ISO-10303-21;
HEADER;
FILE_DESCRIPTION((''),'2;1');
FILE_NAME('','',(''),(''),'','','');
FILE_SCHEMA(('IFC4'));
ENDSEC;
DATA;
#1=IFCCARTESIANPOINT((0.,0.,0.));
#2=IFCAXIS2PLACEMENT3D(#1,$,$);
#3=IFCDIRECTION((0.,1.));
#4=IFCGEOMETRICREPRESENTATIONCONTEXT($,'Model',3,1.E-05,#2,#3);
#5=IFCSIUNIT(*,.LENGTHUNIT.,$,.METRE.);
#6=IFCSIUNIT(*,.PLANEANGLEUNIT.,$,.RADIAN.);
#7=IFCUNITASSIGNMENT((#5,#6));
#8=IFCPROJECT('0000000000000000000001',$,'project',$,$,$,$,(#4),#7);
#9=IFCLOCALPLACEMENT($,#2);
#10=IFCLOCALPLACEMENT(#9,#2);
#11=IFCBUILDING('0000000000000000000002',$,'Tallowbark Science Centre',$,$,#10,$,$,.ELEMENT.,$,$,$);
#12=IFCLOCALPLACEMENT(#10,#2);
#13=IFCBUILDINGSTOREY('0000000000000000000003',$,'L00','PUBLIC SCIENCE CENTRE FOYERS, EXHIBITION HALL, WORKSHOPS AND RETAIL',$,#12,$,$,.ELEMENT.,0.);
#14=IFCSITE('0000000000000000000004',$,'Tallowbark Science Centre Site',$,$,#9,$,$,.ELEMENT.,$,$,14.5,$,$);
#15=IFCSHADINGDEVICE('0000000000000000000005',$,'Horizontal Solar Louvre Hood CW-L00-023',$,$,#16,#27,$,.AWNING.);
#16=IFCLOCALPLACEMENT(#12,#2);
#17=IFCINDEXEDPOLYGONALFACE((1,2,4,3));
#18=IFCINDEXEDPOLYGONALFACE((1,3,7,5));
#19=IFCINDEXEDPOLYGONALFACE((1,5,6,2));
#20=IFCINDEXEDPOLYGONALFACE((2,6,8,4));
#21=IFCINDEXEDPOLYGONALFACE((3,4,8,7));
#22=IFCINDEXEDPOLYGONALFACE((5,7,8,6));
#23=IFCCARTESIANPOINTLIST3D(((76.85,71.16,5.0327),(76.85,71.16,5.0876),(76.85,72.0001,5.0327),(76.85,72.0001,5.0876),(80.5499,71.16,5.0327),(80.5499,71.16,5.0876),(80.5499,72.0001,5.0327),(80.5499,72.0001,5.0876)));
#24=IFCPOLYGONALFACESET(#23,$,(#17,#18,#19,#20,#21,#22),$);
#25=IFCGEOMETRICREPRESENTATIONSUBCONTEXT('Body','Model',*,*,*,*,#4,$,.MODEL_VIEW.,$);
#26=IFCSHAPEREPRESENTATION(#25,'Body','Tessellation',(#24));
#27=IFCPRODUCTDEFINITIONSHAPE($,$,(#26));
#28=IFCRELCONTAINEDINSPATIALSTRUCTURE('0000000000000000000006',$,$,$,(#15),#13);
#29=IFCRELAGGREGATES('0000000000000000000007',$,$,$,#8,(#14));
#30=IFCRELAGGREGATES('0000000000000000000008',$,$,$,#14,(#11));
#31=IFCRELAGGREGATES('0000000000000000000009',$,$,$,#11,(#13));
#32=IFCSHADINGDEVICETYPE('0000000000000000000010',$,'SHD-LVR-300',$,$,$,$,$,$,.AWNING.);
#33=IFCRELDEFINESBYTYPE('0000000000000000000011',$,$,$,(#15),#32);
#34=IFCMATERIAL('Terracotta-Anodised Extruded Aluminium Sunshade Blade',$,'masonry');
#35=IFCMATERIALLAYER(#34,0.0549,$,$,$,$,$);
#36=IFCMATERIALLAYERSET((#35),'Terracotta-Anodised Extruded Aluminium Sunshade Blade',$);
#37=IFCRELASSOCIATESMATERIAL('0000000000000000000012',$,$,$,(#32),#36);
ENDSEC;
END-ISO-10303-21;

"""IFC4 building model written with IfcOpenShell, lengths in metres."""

from ifc_helpers import new_model, si_unit, direction, frame, origin, origin_2d, place, context, subcontext, project, spatial, rectangle, extrude, material, layer, layer_set, type_object, element, save


model = new_model("IFC4")

# Units and contexts
model_context = context("Model", 3, precision=1e-05, world=origin(), true_north=direction((0.0, 1.0)))
body_context = subcontext(model_context, "Body", "Model", "MODEL_VIEW")
ifc_project = project(units=[si_unit("LENGTHUNIT", "METRE"), si_unit("PLANEANGLEUNIT", "RADIAN")], contexts=[model_context])

# Site, building, storey
site_placement = place(None, origin())
site = spatial("IfcSite", under=ifc_project, at=site_placement, Name="Tallowbark Science Centre Site", CompositionType="ELEMENT", RefElevation=14.5)
building_placement = place(site_placement, origin())
building = spatial("IfcBuilding", under=site, at=building_placement, Name="Tallowbark Science Centre", CompositionType="ELEMENT")
storey_placement = place(building_placement, origin())
storey = spatial("IfcBuildingStorey", under=building, at=storey_placement, Name="L00", Description="PUBLIC SCIENCE CENTRE FOYERS, EXHIBITION HALL, WORKSHOPS AND RETAIL", CompositionType="ELEMENT", Elevation=0.0)

# Shading device
ifc_material_1 = material(Name="Terracotta-Anodised Extruded Aluminium Sunshade Blade", Category="masonry")
ifc_layer_1 = layer(ifc_material_1, 0.0549)
ifc_layer_set_1 = layer_set([ifc_layer_1], Name="Terracotta-Anodised Extruded Aluminium Sunshade Blade")
shading_device_type = type_object("IfcShadingDeviceType", Name="SHD-LVR-300", PredefinedType="AWNING", material=ifc_layer_set_1)
for number, where, z_axis, x_axis, name in (
    (1, (78.7, 71.5801, 5.0327), (0.0, 0.0, 1.0), (1.0, 0.0, 0.0), "Horizontal Solar Louvre Hood CW-L00-023"),
):
    element("IfcShadingDevice", number, at=place(storey_placement, frame(where, z_axis=z_axis, x_axis=x_axis)), inside=storey, type_object=shading_device_type, Name=name, PredefinedType="AWNING", context=body_context, shape_type="SweptSolid", body=[
        extrude(rectangle(XDim=3.7, YDim=0.8401, at=origin_2d()), origin(), (0.0, 0.0, 1.0), 0.0549),
    ])

save(model, "model.ifc")
